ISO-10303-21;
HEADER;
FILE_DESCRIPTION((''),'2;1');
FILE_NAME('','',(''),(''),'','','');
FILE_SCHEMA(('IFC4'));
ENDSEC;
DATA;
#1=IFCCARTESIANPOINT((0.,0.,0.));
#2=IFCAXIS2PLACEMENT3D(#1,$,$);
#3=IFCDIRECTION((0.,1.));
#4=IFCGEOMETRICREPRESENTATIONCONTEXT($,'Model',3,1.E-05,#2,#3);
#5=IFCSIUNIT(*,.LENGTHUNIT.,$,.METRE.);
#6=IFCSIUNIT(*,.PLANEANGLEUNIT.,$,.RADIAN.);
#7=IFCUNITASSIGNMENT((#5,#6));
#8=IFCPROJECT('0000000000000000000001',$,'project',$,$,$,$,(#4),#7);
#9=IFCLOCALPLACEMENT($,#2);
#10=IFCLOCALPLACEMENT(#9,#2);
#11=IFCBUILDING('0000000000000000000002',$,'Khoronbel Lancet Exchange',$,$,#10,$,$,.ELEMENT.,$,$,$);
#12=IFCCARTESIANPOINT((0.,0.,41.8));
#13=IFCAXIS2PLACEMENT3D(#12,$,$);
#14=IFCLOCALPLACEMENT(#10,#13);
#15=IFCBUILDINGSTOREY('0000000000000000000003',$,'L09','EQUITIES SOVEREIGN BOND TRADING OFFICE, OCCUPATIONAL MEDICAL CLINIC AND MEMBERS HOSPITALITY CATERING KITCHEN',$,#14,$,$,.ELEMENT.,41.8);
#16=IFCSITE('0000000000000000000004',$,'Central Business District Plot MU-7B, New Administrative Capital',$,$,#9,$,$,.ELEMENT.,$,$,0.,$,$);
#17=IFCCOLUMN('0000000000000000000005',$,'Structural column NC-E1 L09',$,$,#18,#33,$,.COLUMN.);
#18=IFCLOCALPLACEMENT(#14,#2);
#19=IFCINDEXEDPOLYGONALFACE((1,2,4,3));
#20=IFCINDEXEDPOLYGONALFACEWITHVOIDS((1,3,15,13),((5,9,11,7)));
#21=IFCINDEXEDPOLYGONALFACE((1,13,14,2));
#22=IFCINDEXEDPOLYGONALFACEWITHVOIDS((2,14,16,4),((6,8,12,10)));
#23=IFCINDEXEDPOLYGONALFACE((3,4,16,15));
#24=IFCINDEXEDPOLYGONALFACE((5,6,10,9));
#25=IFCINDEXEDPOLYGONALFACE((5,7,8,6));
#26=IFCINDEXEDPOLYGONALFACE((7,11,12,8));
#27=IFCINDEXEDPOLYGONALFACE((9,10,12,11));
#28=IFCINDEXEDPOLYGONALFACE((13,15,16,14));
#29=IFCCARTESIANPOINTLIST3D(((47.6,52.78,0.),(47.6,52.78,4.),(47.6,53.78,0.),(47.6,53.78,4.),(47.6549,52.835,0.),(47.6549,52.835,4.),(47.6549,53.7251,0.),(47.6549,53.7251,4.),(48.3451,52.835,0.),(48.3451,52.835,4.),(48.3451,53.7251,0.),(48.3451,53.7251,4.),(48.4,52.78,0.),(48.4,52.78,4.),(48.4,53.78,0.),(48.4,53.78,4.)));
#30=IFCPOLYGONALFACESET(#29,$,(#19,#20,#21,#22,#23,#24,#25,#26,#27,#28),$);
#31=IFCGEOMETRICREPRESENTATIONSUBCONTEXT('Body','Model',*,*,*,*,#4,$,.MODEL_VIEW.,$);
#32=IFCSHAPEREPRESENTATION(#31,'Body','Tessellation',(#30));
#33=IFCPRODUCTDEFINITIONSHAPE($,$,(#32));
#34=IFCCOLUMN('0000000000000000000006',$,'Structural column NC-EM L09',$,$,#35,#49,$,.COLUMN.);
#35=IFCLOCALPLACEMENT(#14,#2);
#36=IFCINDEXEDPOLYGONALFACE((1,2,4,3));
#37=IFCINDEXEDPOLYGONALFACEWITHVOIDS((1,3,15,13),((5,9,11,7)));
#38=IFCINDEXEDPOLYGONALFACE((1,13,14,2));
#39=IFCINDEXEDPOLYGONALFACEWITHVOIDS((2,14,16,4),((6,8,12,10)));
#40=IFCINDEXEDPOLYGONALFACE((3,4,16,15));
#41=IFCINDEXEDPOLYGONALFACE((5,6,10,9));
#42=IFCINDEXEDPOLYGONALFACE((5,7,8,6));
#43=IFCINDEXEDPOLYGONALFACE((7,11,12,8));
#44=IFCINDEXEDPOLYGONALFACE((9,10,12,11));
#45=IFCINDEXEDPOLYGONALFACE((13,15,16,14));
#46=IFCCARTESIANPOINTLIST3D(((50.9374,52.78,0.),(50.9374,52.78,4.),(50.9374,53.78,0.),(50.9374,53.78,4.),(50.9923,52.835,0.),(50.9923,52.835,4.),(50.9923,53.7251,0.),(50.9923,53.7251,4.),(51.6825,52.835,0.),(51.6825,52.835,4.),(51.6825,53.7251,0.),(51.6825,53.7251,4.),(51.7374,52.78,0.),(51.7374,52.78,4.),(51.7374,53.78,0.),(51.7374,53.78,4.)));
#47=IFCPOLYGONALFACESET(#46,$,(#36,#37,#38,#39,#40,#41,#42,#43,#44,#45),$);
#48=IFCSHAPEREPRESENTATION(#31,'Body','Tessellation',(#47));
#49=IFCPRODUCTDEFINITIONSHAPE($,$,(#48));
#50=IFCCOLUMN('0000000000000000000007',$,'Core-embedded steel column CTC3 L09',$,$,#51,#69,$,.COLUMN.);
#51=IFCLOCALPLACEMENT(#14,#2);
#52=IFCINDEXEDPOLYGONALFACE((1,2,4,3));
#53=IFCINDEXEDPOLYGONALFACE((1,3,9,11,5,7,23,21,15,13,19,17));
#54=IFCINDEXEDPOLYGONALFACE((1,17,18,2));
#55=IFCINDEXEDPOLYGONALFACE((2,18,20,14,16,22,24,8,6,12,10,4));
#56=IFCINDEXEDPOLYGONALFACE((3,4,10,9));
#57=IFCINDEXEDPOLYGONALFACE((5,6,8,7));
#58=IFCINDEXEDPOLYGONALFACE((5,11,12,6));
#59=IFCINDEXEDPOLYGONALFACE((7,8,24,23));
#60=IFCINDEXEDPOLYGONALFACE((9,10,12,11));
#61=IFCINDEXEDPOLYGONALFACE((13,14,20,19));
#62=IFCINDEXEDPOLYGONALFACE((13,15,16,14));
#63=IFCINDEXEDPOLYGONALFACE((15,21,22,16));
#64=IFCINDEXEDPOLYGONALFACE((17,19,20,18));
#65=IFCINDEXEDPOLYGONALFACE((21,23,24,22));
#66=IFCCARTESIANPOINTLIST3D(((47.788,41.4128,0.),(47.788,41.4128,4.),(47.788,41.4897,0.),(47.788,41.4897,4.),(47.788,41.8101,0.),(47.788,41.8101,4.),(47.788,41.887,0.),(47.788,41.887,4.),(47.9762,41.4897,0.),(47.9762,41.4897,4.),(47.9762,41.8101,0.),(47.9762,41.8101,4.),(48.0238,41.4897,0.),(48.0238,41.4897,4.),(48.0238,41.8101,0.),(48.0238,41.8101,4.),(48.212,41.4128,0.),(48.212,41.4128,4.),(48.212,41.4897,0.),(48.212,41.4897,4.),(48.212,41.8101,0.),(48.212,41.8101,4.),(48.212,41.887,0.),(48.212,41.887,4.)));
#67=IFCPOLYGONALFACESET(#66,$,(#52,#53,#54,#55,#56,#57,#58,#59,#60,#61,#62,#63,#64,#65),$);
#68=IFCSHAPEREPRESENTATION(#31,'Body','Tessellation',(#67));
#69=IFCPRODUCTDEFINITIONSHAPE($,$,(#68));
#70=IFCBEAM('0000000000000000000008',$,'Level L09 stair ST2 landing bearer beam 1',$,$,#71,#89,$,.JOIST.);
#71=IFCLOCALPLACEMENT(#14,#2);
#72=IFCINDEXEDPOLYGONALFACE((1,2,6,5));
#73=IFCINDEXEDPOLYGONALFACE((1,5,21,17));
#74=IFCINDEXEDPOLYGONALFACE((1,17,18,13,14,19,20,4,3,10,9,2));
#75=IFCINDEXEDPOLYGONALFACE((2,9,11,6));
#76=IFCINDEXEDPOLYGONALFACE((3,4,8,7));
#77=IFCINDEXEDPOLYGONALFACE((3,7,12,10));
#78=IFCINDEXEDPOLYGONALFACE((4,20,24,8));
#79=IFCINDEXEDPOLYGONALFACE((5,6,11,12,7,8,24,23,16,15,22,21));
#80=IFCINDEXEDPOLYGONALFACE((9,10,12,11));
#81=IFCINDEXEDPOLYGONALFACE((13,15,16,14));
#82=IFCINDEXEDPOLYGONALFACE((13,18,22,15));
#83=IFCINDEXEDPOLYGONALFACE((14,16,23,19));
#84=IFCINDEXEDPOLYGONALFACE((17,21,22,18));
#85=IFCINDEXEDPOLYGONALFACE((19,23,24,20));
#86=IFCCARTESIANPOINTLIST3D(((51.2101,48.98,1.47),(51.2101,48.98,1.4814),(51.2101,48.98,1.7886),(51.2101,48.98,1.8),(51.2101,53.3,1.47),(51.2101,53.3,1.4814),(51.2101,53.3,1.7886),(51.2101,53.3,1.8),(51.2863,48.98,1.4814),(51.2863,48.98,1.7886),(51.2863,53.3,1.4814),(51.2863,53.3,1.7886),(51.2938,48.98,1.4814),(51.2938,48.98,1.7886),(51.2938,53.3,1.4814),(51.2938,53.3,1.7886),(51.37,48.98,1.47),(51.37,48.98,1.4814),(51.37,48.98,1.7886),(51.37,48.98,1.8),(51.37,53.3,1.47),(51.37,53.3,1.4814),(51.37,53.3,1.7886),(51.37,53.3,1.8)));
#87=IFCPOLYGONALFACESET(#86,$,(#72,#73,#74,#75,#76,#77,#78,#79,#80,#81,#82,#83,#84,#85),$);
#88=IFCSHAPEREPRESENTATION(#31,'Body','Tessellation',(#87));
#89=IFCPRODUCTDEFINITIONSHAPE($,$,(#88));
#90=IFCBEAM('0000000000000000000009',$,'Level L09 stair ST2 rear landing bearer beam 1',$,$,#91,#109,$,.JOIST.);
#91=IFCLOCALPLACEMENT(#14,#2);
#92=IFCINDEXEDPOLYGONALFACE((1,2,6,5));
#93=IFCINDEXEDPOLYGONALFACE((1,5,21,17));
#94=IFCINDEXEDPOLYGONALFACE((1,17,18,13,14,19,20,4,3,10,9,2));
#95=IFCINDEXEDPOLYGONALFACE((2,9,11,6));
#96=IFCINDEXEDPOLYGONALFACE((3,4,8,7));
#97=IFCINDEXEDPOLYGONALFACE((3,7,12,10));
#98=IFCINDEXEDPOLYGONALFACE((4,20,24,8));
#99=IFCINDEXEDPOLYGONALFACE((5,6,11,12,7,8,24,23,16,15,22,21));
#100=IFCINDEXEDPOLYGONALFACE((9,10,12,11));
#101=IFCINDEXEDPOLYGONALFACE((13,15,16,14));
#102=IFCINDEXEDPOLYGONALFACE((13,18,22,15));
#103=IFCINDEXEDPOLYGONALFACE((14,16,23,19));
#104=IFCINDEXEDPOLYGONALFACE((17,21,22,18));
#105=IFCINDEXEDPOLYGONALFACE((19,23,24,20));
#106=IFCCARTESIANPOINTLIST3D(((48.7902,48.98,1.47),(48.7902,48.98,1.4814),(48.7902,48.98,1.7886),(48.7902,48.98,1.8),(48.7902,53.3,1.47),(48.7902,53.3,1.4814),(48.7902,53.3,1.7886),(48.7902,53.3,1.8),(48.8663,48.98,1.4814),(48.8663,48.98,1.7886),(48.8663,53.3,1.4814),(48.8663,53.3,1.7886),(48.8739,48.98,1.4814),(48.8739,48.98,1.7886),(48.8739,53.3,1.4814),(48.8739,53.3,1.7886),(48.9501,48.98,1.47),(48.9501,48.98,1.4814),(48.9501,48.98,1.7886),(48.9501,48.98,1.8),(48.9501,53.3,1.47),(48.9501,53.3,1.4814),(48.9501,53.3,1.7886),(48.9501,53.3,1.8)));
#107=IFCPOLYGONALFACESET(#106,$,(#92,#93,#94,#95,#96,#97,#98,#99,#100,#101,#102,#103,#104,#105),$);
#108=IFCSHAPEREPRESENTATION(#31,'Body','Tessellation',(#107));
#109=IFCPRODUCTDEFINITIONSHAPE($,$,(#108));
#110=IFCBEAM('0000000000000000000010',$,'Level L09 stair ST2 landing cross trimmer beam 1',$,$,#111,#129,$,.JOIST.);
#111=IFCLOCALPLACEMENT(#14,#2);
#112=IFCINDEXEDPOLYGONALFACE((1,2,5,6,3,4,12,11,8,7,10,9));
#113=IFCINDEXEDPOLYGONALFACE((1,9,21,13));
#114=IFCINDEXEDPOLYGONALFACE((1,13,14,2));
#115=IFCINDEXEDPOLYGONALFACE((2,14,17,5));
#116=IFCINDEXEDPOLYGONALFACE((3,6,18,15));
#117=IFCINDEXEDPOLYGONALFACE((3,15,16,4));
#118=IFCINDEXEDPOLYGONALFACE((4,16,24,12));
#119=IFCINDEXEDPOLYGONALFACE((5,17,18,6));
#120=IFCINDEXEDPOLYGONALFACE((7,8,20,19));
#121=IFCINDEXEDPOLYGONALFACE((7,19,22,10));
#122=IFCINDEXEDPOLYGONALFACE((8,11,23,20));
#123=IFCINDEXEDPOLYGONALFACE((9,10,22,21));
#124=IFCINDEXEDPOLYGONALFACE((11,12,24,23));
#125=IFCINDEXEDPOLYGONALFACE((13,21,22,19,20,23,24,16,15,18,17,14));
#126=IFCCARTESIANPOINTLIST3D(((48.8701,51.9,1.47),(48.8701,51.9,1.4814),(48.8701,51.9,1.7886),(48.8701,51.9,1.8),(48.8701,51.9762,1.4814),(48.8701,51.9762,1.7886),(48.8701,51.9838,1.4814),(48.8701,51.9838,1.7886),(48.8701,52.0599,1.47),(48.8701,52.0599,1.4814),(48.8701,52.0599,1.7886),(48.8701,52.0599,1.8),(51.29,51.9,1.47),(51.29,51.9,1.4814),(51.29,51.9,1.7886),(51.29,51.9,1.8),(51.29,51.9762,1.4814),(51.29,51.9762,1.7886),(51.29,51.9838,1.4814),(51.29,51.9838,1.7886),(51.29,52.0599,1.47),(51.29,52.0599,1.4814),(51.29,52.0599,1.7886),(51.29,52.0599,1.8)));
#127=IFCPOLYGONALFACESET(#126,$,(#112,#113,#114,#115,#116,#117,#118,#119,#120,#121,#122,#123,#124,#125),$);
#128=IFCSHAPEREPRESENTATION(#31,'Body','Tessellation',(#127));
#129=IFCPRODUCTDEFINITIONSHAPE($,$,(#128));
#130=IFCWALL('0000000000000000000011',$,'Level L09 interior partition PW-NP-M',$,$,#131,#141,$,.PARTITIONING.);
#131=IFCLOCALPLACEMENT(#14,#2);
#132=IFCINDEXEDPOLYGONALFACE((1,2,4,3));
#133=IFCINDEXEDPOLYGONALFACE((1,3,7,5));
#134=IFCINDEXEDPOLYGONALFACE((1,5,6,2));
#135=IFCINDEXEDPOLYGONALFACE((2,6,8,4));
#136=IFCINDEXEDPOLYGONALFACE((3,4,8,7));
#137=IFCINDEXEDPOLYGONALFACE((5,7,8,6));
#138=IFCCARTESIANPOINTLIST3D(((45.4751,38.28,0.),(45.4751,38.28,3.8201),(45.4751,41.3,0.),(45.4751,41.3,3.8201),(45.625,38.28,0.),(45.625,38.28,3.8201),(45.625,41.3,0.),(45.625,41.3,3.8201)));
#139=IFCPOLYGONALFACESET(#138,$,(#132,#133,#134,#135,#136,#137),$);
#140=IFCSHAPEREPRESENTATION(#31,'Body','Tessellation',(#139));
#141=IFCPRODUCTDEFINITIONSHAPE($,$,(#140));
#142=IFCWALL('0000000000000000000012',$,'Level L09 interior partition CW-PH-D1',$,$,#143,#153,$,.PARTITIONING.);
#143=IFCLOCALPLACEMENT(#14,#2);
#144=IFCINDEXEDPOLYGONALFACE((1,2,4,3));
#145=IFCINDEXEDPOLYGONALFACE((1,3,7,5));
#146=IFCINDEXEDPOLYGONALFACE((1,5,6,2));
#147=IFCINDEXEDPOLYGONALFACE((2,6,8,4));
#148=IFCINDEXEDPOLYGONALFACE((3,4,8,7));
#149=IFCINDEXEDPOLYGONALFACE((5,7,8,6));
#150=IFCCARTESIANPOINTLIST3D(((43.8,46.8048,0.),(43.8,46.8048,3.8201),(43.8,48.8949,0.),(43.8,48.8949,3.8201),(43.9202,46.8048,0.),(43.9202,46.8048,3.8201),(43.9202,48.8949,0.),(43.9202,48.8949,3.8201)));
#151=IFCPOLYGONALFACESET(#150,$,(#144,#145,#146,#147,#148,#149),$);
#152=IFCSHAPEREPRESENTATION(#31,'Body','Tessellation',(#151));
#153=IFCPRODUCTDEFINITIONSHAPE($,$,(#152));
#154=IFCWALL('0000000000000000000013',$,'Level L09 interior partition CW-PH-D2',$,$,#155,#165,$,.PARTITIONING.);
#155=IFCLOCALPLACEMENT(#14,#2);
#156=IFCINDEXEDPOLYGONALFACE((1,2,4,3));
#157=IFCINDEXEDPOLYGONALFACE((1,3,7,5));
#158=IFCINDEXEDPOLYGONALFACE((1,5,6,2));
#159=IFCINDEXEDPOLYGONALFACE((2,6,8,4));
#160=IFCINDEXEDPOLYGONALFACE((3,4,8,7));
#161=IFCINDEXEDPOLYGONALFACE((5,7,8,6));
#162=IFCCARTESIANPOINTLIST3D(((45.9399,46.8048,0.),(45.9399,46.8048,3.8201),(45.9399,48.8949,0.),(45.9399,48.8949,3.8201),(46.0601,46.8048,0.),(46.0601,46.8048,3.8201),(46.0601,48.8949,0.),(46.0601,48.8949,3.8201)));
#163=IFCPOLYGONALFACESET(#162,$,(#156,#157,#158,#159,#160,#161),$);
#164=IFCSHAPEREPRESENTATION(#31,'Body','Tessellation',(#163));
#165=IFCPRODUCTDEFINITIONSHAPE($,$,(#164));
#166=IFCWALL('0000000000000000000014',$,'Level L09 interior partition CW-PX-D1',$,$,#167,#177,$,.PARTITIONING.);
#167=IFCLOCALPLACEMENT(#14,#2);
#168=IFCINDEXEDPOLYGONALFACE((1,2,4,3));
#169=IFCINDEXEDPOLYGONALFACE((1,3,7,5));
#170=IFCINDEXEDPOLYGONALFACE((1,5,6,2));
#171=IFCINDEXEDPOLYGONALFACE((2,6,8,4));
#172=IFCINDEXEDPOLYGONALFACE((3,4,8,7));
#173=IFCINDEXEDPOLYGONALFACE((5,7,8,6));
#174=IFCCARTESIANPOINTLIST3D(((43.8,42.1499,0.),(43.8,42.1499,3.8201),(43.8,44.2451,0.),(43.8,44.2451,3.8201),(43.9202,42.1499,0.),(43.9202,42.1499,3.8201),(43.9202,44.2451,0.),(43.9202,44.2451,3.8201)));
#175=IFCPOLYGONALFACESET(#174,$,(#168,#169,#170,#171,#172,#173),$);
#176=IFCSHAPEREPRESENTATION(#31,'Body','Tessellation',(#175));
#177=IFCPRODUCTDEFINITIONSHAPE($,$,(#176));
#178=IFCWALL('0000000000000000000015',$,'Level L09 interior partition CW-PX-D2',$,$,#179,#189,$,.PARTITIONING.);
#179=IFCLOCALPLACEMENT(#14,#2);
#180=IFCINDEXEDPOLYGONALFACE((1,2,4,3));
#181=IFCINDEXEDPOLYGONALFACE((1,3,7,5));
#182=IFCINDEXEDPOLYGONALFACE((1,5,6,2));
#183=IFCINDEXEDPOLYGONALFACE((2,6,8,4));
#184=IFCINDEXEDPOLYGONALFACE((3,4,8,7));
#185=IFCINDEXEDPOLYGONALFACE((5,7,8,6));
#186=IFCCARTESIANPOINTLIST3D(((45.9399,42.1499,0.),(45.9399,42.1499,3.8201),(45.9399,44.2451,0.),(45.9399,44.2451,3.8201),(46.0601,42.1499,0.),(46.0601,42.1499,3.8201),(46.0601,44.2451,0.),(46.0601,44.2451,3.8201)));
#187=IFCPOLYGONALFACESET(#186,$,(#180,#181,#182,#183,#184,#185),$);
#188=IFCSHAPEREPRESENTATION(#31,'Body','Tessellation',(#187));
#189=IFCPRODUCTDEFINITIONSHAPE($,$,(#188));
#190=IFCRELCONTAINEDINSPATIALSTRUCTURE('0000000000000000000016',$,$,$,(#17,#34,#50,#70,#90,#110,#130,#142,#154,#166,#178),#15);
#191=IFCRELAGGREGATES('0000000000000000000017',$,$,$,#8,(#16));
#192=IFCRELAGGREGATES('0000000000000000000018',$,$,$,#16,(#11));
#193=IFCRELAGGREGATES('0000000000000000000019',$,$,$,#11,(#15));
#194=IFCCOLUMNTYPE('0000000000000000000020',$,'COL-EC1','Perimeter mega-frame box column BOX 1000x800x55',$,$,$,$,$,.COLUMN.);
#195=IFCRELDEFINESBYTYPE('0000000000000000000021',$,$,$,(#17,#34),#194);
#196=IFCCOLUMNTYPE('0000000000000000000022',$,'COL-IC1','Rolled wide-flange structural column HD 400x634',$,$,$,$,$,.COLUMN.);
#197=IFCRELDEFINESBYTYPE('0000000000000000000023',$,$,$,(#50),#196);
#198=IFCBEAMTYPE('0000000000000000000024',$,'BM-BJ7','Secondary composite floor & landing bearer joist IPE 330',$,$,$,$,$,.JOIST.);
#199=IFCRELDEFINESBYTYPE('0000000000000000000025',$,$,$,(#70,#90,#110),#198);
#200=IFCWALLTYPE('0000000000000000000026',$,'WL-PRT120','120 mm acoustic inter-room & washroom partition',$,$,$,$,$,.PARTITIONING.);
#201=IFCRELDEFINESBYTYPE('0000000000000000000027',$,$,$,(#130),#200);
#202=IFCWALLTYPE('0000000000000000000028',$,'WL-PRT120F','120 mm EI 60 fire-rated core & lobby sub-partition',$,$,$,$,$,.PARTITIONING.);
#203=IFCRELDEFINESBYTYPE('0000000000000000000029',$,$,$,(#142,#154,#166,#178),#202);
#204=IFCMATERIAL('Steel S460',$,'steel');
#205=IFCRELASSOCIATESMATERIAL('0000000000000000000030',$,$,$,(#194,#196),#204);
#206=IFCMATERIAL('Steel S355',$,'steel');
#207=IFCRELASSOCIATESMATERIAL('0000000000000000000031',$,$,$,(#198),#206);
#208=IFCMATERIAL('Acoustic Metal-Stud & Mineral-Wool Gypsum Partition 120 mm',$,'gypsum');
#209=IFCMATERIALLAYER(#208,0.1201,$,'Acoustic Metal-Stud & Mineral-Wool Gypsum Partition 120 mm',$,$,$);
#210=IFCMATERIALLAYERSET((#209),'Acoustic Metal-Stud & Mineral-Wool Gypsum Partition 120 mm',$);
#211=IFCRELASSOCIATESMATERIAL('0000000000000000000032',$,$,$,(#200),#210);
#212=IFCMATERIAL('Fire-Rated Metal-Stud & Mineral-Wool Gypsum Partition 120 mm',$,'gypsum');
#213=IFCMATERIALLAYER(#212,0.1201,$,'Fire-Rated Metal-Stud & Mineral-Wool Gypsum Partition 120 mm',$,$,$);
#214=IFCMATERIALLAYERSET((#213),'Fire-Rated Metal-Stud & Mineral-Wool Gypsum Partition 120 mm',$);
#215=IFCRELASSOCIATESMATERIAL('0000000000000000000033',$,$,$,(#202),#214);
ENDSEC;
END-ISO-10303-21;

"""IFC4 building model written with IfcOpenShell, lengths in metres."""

from ifc_helpers import new_model, si_unit, direction, frame, frame_2d, origin, origin_2d, place, context, subcontext, project, spatial, rectangle, hollow_rectangle, i_section, extrude, material, layer, layer_set, material_profile, profile_set, type_object, element, save


model = new_model("IFC4")

# Units and contexts
model_context = context("Model", 3, precision=1e-05, world=origin(), true_north=direction((0.0, 1.0)))
body_context = subcontext(model_context, "Body", "Model", "MODEL_VIEW")
ifc_project = project(units=[si_unit("LENGTHUNIT", "METRE"), si_unit("PLANEANGLEUNIT", "RADIAN")], contexts=[model_context])

# Site, building, storey
site_placement = place(None, origin())
site = spatial("IfcSite", under=ifc_project, at=site_placement, Name="Central Business District Plot MU-7B, New Administrative Capital", CompositionType="ELEMENT", RefElevation=0.0)
building_placement = place(site_placement, origin())
building = spatial("IfcBuilding", under=site, at=building_placement, Name="Khoronbel Lancet Exchange", CompositionType="ELEMENT")
storey_placement = place(building_placement, frame((0.0, 0.0, 41.8)))
storey = spatial("IfcBuildingStorey", under=building, at=storey_placement, Name="L09", Description="EQUITIES SOVEREIGN BOND TRADING OFFICE, OCCUPATIONAL MEDICAL CLINIC AND MEMBERS HOSPITALITY CATERING KITCHEN", CompositionType="ELEMENT", Elevation=41.8)

# Columns
ifc_material_1 = material(Name="Steel S460", Category="steel")
ifc_material_profile_1 = material_profile(ifc_material_1, hollow_rectangle(XDim=0.8, YDim=1.0, WallThickness=0.0549, at=origin_2d()), Name="BOX 1000x800x55")
ifc_profile_set_1 = profile_set([ifc_material_profile_1], Name="Steel S460")
column_type_1 = type_object("IfcColumnType", Name="COL-EC1", Description="Perimeter mega-frame box column BOX 1000x800x55", PredefinedType="COLUMN", material=ifc_profile_set_1)
for number, where, z_axis, x_axis, name in (
    (1, (48.0, 53.28, 0.0), (0.0, 0.0, 1.0), (1.0, 0.0, 0.0), "Structural column NC-E1 L09"),
    (2, (51.3374, 53.28, 0.0), (0.0, 0.0, 1.0), (1.0, 0.0, 0.0), "Structural column NC-EM L09"),
):
    element("IfcColumn", number, at=place(storey_placement, frame(where, z_axis=z_axis, x_axis=x_axis)), inside=storey, type_object=column_type_1, Name=name, PredefinedType="COLUMN", context=body_context, shape_type="SweptSolid", body=[
        extrude(hollow_rectangle(XDim=0.8, YDim=1.0, WallThickness=0.0549, at=origin_2d()), origin(), (0.0, 0.0, 1.0), 4.0),
    ])
ifc_material_profile_2 = material_profile(ifc_material_1, i_section(OverallWidth=0.4241, OverallDepth=0.4741, WebThickness=0.0476, FlangeThickness=0.0769, at=origin_2d()), Name="HD 400x634")
ifc_profile_set_2 = profile_set([ifc_material_profile_2], Name="Steel S460")
column_type_2 = type_object("IfcColumnType", Name="COL-IC1", Description="Rolled wide-flange structural column HD 400x634", PredefinedType="COLUMN", material=ifc_profile_set_2)
column_placement = place(storey_placement, frame((48.0, 41.6499, 0.0), z_axis=(0.0, 0.0, 1.0), x_axis=(1.0, 0.0, 0.0)))
element("IfcColumn", 3, at=column_placement, inside=storey, type_object=column_type_2, Name="Core-embedded steel column CTC3 L09", PredefinedType="COLUMN", context=body_context, shape_type="SweptSolid", body=[
    extrude(i_section(OverallWidth=0.4241, OverallDepth=0.4741, WebThickness=0.0476, FlangeThickness=0.0769, at=origin_2d()), origin(), (0.0, 0.0, 1.0), 4.0),
])

# Beams
ifc_material_2 = material(Name="Steel S355", Category="steel")
ifc_material_profile_3 = material_profile(ifc_material_2, i_section(OverallWidth=0.1599, OverallDepth=0.3301, WebThickness=0.0076, FlangeThickness=0.0115, at=origin_2d()), Name="IPE 330")
ifc_profile_set_3 = profile_set([ifc_material_profile_3], Name="Steel S355")
beam_type = type_object("IfcBeamType", Name="BM-BJ7", Description="Secondary composite floor & landing bearer joist IPE 330", PredefinedType="JOIST", material=ifc_profile_set_3)
for number, where, z_axis, x_axis, name in (
    (4, (51.29, 48.98, 1.635), (0.0, 1.0, 0.0), (-1.0, 0.0, 0.0), "Level L09 stair ST2 landing bearer beam 1"),
    (5, (48.8701, 48.98, 1.635), (0.0, 1.0, 0.0), (-1.0, 0.0, 0.0), "Level L09 stair ST2 rear landing bearer beam 1"),
):
    element("IfcBeam", number, at=place(storey_placement, frame(where, z_axis=z_axis, x_axis=x_axis)), inside=storey, type_object=beam_type, Name=name, PredefinedType="JOIST", context=body_context, shape_type="SweptSolid", body=[
        extrude(i_section(OverallWidth=0.1599, OverallDepth=0.3301, WebThickness=0.0076, FlangeThickness=0.0115, at=origin_2d()), origin(), (0.0, 0.0, 1.0), 4.3201),
    ])
beam_placement = place(storey_placement, frame((48.8701, 51.98, 1.635), z_axis=(1.0, 0.0, 0.0), x_axis=(0.0, 1.0, 0.0)))
element("IfcBeam", 6, at=beam_placement, inside=storey, type_object=beam_type, Name="Level L09 stair ST2 landing cross trimmer beam 1", PredefinedType="JOIST", context=body_context, shape_type="SweptSolid", body=[
    extrude(i_section(OverallWidth=0.1599, OverallDepth=0.3301, WebThickness=0.0076, FlangeThickness=0.0115, at=origin_2d()), origin(), (0.0, 0.0, 1.0), 2.4199),
])

# Walls
ifc_material_3 = material(Name="Acoustic Metal-Stud & Mineral-Wool Gypsum Partition 120 mm", Category="gypsum")
ifc_layer_1 = layer(ifc_material_3, 0.1201, Name="Acoustic Metal-Stud & Mineral-Wool Gypsum Partition 120 mm")
ifc_layer_set_1 = layer_set([ifc_layer_1], Name="Acoustic Metal-Stud & Mineral-Wool Gypsum Partition 120 mm")
wall_type_1 = type_object("IfcWallType", Name="WL-PRT120", Description="120 mm acoustic inter-room & washroom partition", PredefinedType="PARTITIONING", material=ifc_layer_set_1)
wall_1_placement = place(storey_placement, frame((45.55, 38.28, 0.0), z_axis=(0.0, 0.0, 1.0), x_axis=(0.0, 1.0, 0.0)))
element("IfcWall", 7, at=wall_1_placement, inside=storey, type_object=wall_type_1, Name="Level L09 interior partition PW-NP-M", PredefinedType="PARTITIONING", context=body_context, shape_type="SweptSolid", body=[
    extrude(rectangle(XDim=3.02, YDim=0.1499, at=frame_2d((1.51, 0.0))), origin(), (0.0, 0.0, 1.0), 3.8201),
])
ifc_material_4 = material(Name="Fire-Rated Metal-Stud & Mineral-Wool Gypsum Partition 120 mm", Category="gypsum")
ifc_layer_2 = layer(ifc_material_4, 0.1201, Name="Fire-Rated Metal-Stud & Mineral-Wool Gypsum Partition 120 mm")
ifc_layer_set_2 = layer_set([ifc_layer_2], Name="Fire-Rated Metal-Stud & Mineral-Wool Gypsum Partition 120 mm")
wall_type_2 = type_object("IfcWallType", Name="WL-PRT120F", Description="120 mm EI 60 fire-rated core & lobby sub-partition", PredefinedType="PARTITIONING", material=ifc_layer_set_2)
for number, where, z_axis, x_axis, name in (
    (8, (43.8601, 46.8049, 0.0), (0.0, 0.0, 1.0), (0.0, 1.0, 0.0), "Level L09 interior partition CW-PH-D1"),
    (9, (46.0, 46.8049, 0.0), (0.0, 0.0, 1.0), (0.0, 1.0, 0.0), "Level L09 interior partition CW-PH-D2"),
):
    element("IfcWall", number, at=place(storey_placement, frame(where, z_axis=z_axis, x_axis=x_axis)), inside=storey, type_object=wall_type_2, Name=name, PredefinedType="PARTITIONING", context=body_context, shape_type="SweptSolid", body=[
        extrude(rectangle(XDim=2.0901, YDim=0.1201, at=frame_2d((1.0449, 0.0))), origin(), (0.0, 0.0, 1.0), 3.8201),
    ])
for number, where, z_axis, x_axis, name in (
    (10, (43.8601, 42.1499, 0.0), (0.0, 0.0, 1.0), (0.0, 1.0, 0.0), "Level L09 interior partition CW-PX-D1"),
    (11, (46.0, 42.1499, 0.0), (0.0, 0.0, 1.0), (0.0, 1.0, 0.0), "Level L09 interior partition CW-PX-D2"),
):
    element("IfcWall", number, at=place(storey_placement, frame(where, z_axis=z_axis, x_axis=x_axis)), inside=storey, type_object=wall_type_2, Name=name, PredefinedType="PARTITIONING", context=body_context, shape_type="SweptSolid", body=[
        extrude(rectangle(XDim=2.0952, YDim=0.1201, at=frame_2d((1.0476, 0.0))), origin(), (0.0, 0.0, 1.0), 3.8201),
    ])

save(model, "model.ifc")
